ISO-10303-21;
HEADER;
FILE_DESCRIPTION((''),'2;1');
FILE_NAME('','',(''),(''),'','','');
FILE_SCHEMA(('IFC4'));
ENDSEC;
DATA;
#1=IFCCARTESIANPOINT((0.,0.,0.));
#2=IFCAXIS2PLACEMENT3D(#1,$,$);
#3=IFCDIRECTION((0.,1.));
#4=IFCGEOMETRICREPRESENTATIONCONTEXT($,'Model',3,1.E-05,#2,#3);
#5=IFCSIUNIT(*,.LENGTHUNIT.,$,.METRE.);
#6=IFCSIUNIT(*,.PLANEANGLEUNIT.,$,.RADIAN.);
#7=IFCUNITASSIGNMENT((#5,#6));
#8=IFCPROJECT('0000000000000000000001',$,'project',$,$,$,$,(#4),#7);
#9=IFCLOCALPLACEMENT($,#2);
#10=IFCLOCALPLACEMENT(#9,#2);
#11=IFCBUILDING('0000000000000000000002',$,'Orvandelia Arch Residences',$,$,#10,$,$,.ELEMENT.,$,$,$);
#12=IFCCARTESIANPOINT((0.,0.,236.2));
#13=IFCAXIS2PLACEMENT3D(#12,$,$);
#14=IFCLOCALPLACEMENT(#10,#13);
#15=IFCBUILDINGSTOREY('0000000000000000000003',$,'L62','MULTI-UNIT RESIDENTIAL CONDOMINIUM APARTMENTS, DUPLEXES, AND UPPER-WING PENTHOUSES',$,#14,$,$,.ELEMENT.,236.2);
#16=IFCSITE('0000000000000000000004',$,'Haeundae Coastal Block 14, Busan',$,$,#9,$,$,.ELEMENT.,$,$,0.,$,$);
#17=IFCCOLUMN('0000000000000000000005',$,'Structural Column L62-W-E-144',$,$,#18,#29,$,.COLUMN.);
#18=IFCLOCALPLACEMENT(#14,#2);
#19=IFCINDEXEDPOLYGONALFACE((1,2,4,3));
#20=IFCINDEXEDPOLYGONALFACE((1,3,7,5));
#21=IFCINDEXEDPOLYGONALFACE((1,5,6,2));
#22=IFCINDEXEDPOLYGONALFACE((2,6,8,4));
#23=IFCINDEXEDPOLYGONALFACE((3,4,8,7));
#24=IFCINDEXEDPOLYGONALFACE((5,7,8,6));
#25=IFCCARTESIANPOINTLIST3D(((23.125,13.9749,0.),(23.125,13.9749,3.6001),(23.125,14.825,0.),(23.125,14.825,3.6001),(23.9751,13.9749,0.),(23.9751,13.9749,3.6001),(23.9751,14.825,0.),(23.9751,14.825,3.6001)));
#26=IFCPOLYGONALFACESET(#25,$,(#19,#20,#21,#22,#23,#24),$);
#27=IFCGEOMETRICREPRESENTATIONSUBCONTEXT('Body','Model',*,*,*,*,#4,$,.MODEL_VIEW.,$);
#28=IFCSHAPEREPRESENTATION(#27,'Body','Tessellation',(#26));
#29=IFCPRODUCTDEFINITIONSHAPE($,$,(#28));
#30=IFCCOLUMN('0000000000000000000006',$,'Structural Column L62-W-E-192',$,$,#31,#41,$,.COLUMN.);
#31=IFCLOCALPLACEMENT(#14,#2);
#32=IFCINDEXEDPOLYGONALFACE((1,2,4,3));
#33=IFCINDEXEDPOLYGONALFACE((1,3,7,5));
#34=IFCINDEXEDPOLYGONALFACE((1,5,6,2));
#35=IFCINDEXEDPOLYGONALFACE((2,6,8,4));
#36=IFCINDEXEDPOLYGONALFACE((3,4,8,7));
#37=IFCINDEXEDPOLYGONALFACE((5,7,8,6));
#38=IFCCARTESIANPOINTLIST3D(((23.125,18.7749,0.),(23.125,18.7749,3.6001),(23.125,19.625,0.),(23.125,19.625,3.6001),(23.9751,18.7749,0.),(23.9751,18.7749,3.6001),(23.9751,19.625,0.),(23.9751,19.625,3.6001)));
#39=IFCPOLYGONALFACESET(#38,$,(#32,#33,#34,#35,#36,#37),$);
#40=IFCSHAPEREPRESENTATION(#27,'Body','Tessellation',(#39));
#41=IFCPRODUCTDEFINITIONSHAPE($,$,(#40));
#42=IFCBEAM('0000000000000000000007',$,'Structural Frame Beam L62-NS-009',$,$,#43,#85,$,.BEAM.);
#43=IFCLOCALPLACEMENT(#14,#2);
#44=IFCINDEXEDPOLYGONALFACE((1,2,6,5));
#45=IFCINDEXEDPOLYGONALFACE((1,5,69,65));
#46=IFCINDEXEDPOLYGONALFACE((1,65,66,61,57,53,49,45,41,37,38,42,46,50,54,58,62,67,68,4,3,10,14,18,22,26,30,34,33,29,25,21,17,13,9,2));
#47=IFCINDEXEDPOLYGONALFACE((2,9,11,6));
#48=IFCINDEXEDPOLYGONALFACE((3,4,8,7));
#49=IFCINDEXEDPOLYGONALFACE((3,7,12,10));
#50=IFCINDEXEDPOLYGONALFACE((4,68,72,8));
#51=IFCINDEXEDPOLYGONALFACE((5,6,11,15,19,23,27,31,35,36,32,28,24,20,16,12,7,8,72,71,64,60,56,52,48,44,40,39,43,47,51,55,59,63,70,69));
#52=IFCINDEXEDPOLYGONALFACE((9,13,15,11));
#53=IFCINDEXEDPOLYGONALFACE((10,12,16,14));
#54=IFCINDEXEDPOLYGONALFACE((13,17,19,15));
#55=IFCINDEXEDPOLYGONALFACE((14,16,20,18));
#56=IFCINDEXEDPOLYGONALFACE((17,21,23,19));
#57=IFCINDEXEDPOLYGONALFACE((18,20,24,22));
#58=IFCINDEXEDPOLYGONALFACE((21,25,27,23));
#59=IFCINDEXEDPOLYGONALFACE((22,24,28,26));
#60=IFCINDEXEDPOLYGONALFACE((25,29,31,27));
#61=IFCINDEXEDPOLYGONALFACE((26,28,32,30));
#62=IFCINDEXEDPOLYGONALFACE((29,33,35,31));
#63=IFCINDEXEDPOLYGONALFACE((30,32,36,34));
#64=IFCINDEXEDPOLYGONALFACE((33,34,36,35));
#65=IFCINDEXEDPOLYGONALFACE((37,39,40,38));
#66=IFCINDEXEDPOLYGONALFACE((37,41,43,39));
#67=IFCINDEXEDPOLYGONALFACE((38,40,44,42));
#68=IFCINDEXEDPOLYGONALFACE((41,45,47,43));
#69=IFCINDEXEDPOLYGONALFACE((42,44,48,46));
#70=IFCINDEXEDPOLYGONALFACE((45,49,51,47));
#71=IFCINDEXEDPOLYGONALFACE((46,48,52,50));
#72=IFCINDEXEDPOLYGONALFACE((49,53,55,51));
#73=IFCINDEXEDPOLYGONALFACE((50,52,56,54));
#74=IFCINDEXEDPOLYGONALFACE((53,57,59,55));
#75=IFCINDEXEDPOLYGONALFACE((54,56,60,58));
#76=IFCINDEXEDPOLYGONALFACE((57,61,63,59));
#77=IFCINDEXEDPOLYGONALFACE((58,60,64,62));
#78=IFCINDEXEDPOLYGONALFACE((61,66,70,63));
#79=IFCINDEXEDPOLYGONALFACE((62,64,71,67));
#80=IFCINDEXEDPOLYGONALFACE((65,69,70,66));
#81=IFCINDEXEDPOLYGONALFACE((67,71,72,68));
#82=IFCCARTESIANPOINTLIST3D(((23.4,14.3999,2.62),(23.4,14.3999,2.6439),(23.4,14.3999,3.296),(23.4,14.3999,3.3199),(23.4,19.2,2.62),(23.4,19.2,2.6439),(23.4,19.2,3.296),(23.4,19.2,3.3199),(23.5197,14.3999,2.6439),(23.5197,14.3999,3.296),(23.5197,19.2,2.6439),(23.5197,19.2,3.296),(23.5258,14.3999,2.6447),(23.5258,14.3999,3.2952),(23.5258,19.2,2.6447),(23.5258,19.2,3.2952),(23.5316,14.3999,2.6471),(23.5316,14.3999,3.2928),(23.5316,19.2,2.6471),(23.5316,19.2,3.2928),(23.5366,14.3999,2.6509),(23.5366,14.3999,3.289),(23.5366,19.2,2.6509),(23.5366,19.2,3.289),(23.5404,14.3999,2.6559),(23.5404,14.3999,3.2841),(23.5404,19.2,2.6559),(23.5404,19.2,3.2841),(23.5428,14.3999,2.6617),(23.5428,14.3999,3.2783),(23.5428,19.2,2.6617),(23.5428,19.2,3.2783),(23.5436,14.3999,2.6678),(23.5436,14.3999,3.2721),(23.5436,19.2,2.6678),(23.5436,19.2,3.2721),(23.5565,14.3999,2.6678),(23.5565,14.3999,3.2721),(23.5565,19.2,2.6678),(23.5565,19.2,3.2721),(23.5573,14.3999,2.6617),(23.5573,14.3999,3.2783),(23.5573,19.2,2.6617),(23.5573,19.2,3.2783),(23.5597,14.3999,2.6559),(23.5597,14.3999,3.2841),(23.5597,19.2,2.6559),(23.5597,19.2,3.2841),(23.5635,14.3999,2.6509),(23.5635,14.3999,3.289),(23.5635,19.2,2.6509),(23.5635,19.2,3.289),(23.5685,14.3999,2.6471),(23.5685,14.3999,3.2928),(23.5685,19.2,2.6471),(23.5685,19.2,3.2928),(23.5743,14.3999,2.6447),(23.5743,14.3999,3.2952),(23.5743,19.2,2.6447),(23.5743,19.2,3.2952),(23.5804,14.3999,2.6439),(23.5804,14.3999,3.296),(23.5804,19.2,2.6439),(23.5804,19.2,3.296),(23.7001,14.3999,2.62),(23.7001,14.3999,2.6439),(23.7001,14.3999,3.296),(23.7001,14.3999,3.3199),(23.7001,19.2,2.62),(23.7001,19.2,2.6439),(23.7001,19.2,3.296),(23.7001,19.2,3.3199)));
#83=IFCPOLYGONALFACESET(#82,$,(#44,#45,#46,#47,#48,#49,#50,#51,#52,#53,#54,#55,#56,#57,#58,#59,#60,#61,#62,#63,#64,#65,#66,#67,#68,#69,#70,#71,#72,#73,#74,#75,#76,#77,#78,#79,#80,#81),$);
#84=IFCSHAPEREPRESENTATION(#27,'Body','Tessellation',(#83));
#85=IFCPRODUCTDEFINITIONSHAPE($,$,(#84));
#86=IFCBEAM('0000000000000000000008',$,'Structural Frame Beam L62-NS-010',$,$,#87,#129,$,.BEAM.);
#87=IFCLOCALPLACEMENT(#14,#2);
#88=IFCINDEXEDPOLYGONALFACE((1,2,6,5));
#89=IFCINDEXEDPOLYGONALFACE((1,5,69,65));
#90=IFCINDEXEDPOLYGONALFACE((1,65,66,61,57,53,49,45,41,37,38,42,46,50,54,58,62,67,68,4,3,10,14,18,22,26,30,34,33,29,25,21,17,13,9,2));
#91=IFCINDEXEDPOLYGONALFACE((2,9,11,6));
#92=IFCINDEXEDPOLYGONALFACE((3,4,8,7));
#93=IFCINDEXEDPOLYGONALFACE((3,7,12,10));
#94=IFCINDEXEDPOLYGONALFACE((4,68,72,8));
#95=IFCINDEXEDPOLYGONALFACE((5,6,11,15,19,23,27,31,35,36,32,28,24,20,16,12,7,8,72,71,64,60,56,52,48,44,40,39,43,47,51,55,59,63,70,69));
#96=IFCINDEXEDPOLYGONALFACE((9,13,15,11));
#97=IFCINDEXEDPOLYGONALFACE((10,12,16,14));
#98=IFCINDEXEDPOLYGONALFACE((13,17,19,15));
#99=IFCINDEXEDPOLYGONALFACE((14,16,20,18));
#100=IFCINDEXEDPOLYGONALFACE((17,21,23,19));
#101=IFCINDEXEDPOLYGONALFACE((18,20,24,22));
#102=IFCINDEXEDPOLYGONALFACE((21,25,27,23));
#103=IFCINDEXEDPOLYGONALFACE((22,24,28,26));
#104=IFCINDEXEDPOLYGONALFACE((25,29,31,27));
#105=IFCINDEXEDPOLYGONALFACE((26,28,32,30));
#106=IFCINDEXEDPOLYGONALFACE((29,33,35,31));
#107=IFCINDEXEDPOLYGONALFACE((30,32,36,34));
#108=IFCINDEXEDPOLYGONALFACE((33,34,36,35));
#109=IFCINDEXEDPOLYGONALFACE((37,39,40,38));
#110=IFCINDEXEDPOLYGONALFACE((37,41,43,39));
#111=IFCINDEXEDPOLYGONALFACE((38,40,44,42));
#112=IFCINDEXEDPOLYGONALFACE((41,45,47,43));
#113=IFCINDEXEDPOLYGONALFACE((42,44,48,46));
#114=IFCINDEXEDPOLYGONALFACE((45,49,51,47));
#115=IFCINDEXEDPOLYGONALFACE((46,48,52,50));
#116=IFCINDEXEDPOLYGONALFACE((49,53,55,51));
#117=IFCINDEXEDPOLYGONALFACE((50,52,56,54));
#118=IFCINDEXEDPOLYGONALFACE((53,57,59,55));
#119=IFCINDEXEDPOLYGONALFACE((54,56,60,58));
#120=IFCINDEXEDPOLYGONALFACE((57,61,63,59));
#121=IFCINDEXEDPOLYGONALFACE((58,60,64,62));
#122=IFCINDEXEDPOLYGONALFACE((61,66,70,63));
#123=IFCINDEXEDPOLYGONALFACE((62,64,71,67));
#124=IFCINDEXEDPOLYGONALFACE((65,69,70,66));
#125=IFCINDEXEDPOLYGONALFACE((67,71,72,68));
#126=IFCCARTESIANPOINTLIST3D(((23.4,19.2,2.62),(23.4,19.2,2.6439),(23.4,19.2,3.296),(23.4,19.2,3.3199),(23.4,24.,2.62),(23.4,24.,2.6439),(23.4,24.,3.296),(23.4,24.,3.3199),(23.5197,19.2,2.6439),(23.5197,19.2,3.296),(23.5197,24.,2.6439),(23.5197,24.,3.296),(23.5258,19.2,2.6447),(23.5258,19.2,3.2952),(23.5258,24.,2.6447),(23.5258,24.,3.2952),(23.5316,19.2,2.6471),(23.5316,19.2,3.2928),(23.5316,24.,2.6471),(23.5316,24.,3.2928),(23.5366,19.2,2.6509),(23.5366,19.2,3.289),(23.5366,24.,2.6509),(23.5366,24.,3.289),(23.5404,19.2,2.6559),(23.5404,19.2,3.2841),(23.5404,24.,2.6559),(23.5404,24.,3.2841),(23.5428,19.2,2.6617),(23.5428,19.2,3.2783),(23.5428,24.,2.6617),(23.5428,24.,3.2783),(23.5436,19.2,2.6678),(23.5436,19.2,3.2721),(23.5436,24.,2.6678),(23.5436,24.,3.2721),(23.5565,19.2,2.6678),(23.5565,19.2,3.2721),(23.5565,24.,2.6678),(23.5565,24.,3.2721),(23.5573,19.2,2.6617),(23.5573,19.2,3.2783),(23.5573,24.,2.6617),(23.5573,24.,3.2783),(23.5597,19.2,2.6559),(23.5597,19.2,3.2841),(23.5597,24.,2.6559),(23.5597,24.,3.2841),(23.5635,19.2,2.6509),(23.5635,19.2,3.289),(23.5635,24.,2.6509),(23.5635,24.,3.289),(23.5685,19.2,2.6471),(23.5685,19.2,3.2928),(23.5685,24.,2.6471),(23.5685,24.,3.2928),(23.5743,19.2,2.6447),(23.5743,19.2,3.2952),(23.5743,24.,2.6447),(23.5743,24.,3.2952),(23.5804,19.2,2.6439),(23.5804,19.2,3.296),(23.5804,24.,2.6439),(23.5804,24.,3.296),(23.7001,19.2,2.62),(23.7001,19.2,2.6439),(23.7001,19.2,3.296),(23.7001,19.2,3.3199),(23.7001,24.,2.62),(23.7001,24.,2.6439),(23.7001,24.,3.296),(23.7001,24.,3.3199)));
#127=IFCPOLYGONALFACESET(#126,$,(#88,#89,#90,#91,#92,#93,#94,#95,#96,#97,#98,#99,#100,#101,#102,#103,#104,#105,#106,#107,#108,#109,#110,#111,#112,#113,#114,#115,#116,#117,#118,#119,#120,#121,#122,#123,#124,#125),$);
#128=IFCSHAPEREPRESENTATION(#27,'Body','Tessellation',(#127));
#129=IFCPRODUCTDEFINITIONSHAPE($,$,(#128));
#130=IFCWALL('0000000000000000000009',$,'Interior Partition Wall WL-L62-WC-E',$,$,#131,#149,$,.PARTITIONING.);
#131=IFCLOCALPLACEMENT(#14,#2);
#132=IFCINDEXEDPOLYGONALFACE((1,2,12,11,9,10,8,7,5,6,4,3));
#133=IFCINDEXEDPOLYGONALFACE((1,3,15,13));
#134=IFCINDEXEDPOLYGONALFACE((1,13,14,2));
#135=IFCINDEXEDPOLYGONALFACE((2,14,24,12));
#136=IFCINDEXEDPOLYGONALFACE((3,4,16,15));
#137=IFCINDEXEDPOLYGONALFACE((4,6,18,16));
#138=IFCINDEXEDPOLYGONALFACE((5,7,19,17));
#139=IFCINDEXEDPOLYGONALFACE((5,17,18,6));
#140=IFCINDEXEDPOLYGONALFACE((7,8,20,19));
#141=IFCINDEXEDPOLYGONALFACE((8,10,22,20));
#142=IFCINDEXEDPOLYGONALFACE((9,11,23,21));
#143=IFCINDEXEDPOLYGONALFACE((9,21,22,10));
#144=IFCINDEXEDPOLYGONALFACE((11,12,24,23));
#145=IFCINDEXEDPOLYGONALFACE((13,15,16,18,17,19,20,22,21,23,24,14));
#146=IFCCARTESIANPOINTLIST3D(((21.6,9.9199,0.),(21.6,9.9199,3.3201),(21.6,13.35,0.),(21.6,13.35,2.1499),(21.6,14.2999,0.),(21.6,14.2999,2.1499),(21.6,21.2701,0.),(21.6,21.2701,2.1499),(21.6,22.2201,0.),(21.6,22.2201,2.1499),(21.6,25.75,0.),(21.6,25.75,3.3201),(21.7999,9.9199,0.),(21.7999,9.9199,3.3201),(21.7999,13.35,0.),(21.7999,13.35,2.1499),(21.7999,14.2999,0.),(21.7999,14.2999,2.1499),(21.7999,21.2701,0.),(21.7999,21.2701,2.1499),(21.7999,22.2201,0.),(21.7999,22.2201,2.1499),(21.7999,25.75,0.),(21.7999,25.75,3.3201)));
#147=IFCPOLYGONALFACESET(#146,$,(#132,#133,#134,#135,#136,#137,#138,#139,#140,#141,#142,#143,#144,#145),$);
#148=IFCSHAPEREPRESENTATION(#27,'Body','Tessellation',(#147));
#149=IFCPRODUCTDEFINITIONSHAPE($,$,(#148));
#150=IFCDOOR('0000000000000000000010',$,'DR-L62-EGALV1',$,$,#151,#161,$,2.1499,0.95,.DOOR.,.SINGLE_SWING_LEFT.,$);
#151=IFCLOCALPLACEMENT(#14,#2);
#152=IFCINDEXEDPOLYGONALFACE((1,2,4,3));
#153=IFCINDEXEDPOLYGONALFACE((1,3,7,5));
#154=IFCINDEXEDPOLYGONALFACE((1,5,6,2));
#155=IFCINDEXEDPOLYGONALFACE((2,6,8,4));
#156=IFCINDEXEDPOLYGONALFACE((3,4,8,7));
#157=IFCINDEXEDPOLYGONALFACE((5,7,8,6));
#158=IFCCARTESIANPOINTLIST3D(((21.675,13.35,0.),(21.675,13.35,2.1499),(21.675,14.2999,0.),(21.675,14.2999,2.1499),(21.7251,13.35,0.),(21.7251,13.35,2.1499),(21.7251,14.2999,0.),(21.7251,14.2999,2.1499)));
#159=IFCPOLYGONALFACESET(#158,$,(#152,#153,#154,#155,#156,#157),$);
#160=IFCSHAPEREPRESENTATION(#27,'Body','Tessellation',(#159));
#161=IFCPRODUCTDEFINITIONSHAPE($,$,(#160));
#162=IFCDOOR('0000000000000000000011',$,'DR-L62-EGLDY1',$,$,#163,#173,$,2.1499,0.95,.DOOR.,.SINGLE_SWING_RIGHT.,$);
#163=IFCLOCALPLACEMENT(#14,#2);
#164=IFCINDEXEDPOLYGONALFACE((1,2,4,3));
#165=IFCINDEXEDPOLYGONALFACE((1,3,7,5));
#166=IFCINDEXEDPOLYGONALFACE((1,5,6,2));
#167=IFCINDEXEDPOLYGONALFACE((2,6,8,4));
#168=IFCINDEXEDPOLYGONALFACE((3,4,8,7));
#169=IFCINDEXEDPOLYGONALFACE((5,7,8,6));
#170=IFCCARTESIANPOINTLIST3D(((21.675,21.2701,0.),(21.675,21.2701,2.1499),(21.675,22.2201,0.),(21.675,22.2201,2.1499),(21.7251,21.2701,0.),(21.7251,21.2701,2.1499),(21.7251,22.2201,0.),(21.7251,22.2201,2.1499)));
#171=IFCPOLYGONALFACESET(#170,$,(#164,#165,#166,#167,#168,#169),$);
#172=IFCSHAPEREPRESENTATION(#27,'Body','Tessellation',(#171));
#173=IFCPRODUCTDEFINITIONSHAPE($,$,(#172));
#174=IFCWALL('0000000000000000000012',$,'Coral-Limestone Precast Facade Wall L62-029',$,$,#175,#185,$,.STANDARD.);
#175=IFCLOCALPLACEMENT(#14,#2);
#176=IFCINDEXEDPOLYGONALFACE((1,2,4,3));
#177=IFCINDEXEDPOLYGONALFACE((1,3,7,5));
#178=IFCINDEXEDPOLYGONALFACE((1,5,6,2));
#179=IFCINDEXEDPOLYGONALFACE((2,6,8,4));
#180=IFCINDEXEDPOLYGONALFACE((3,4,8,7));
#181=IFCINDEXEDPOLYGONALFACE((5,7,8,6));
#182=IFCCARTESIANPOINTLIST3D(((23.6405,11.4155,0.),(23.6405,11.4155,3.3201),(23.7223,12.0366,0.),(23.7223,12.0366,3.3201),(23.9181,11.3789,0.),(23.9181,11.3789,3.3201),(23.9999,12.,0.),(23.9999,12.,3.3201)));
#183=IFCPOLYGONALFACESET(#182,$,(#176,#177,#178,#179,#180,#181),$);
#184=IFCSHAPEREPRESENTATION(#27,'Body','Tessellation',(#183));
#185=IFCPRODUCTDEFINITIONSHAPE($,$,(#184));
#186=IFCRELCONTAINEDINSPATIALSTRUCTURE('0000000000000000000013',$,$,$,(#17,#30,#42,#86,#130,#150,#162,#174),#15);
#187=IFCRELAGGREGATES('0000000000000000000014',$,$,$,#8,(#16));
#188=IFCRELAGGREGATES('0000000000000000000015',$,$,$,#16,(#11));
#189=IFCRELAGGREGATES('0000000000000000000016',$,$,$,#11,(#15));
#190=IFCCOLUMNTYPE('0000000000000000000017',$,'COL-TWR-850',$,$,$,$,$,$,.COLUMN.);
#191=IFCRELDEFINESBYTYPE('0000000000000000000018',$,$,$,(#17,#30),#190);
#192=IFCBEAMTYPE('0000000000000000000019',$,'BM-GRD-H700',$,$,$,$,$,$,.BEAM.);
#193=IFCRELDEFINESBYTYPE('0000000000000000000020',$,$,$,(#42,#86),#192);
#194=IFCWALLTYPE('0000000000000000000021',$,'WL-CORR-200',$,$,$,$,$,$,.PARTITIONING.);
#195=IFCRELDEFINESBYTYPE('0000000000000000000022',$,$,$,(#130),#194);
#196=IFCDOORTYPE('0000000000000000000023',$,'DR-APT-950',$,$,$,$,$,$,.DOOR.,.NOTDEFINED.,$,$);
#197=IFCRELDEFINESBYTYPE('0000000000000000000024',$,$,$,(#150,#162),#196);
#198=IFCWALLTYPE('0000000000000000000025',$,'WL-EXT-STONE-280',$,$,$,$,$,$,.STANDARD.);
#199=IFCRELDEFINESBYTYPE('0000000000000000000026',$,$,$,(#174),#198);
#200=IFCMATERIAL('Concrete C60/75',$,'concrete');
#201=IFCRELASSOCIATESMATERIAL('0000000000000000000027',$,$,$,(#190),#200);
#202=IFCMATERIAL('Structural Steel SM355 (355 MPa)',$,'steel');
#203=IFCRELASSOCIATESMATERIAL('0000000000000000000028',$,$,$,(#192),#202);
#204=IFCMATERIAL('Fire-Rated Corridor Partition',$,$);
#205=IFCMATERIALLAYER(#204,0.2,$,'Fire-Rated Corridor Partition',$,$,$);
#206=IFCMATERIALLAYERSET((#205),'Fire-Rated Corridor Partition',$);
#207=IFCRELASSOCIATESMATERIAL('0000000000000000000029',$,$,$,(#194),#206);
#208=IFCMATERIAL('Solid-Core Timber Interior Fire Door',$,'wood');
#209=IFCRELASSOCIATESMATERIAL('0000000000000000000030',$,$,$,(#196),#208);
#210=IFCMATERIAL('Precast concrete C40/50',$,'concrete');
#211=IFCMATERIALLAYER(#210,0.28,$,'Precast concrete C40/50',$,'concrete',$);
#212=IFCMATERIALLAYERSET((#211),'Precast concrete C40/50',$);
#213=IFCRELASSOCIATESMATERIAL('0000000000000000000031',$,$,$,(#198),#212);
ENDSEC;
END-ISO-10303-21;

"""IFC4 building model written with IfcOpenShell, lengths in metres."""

from ifc_helpers import new_model, si_unit, direction, frame, frame_2d, origin, origin_2d, place, context, subcontext, project, spatial, rectangle, i_section, extrude, material, layer, layer_set, material_profile, profile_set, type_object, element, fill, save


model = new_model("IFC4")

# Units and contexts
model_context = context("Model", 3, precision=1e-05, world=origin(), true_north=direction((0.0, 1.0)))
body_context = subcontext(model_context, "Body", "Model", "MODEL_VIEW")
ifc_project = project(units=[si_unit("LENGTHUNIT", "METRE"), si_unit("PLANEANGLEUNIT", "RADIAN")], contexts=[model_context])

# Site, building, storey
site_placement = place(None, origin())
site = spatial("IfcSite", under=ifc_project, at=site_placement, Name="Haeundae Coastal Block 14, Busan", CompositionType="ELEMENT", RefElevation=0.0)
building_placement = place(site_placement, origin())
building = spatial("IfcBuilding", under=site, at=building_placement, Name="Orvandelia Arch Residences", CompositionType="ELEMENT")
storey_placement = place(building_placement, frame((0.0, 0.0, 236.2)))
storey = spatial("IfcBuildingStorey", under=building, at=storey_placement, Name="L62", Description="MULTI-UNIT RESIDENTIAL CONDOMINIUM APARTMENTS, DUPLEXES, AND UPPER-WING PENTHOUSES", CompositionType="ELEMENT", Elevation=236.2)

# Columns
ifc_material_1 = material(Name="Concrete C60/75", Category="concrete")
ifc_material_profile_1 = material_profile(ifc_material_1, rectangle(XDim=0.8501, YDim=0.8501, at=origin_2d()), Name="Concrete C60/75", Category="concrete")
ifc_profile_set_1 = profile_set([ifc_material_profile_1], Name="Concrete C60/75")
column_type = type_object("IfcColumnType", Name="COL-TWR-850", PredefinedType="COLUMN", material=ifc_profile_set_1)
for number, where, z_axis, x_axis, name in (
    (1, (23.55, 14.3999, 0.0), (0.0, 0.0, 1.0), (1.0, 0.0, 0.0), "Structural Column L62-W-E-144"),
    (2, (23.55, 19.2, 0.0), (0.0, 0.0, 1.0), (1.0, 0.0, 0.0), "Structural Column L62-W-E-192"),
):
    element("IfcColumn", number, at=place(storey_placement, frame(where, z_axis=z_axis, x_axis=x_axis)), inside=storey, type_object=column_type, Name=name, PredefinedType="COLUMN", context=body_context, shape_type="SweptSolid", body=[
        extrude(rectangle(XDim=0.8501, YDim=0.8501, at=origin_2d()), origin(), (0.0, 0.0, 1.0), 3.6001),
    ])

# Beams
ifc_material_2 = material(Name="Structural Steel SM355 (355 MPa)", Category="steel")
ifc_material_profile_2 = material_profile(ifc_material_2, i_section(OverallWidth=0.3, OverallDepth=0.7, WebThickness=0.0129, FlangeThickness=0.0239, FilletRadius=0.0239, at=origin_2d()), Name="Structural Steel SM355 (355 MPa)", Category="steel")
ifc_profile_set_2 = profile_set([ifc_material_profile_2], Name="Structural Steel SM355 (355 MPa)")
beam_type = type_object("IfcBeamType", Name="BM-GRD-H700", PredefinedType="BEAM", material=ifc_profile_set_2)
for number, where, z_axis, x_axis, name in (
    (3, (23.55, 14.3999, 2.97), (0.0, 1.0, 0.0), (-1.0, 0.0, 0.0), "Structural Frame Beam L62-NS-009"),
    (4, (23.55, 19.2, 2.97), (0.0, 1.0, 0.0), (-1.0, 0.0, 0.0), "Structural Frame Beam L62-NS-010"),
):
    element("IfcBeam", number, at=place(storey_placement, frame(where, z_axis=z_axis, x_axis=x_axis)), inside=storey, type_object=beam_type, Name=name, PredefinedType="BEAM", context=body_context, shape_type="SweptSolid", body=[
        extrude(i_section(OverallWidth=0.3, OverallDepth=0.7, WebThickness=0.0129, FlangeThickness=0.0239, FilletRadius=0.0239, at=origin_2d()), origin(), (0.0, 0.0, 1.0), 4.8),
    ])

# Wall, openings, doors
ifc_material_3 = material(Name="Fire-Rated Corridor Partition")
ifc_layer_1 = layer(ifc_material_3, 0.2, Name="Fire-Rated Corridor Partition")
ifc_layer_set_1 = layer_set([ifc_layer_1], Name="Fire-Rated Corridor Partition")
wall_type_1 = type_object("IfcWallType", Name="WL-CORR-200", PredefinedType="PARTITIONING", material=ifc_layer_set_1)
wall_1_placement = place(storey_placement, frame((21.7, 9.9199, 0.0), z_axis=(0.0, 0.0, 1.0), x_axis=(0.0, 1.0, 0.0)))
wall_1 = element("IfcWall", 5, at=wall_1_placement, inside=storey, type_object=wall_type_1, Name="Interior Partition Wall WL-L62-WC-E", PredefinedType="PARTITIONING", context=body_context, shape_type="SweptSolid", body=[
    extrude(rectangle(XDim=15.8301, YDim=0.2, at=frame_2d((7.915, 0.0))), origin(), (0.0, 0.0, 1.0), 3.3201),
])
opening_1_placement = place(wall_1_placement, frame((3.4299, 0.0, 0.0)))
opening_1 = element("IfcOpeningElement", 6, at=opening_1_placement, cuts=wall_1, PredefinedType="OPENING", context=body_context, shape_type="SweptSolid", body=[
    extrude(rectangle(XDim=0.95, YDim=2.1499, at=frame_2d((0.4751, 1.075))), frame((0.0, 0.1099, 0.0), z_axis=(0.0, -1.0, 0.0), x_axis=(1.0, 0.0, 0.0)), (0.0, 0.0, 1.0), 0.22),
])
opening_2_placement = place(wall_1_placement, frame((11.3501, 0.0, 0.0)))
opening_2 = element("IfcOpeningElement", 7, at=opening_2_placement, cuts=wall_1, PredefinedType="OPENING", context=body_context, shape_type="SweptSolid", body=[
    extrude(rectangle(XDim=0.95, YDim=2.1499, at=frame_2d((0.4751, 1.075))), frame((0.0, 0.1099, 0.0), z_axis=(0.0, -1.0, 0.0), x_axis=(1.0, 0.0, 0.0)), (0.0, 0.0, 1.0), 0.22),
])
ifc_material_4 = material(Name="Solid-Core Timber Interior Fire Door", Category="wood")
door_type = type_object("IfcDoorType", Name="DR-APT-950", OperationType="NOTDEFINED", PredefinedType="DOOR", material=ifc_material_4)
door_1_placement = place(opening_1_placement, origin())
door_1 = element("IfcDoor", 8, at=door_1_placement, inside=storey, type_object=door_type, Name="DR-L62-EGALV1", OperationType="SINGLE_SWING_LEFT", OverallHeight=2.1499, OverallWidth=0.95, PredefinedType="DOOR", context=body_context, shape_type="SweptSolid", body=[
    extrude(rectangle(XDim=0.95, YDim=2.1499, at=frame_2d((0.4751, 1.075))), frame((0.0, 0.0249, 0.0), z_axis=(0.0, -1.0, 0.0), x_axis=(1.0, 0.0, 0.0)), (0.0, 0.0, 1.0), 0.05),
])
fill(opening_1, door_1)
door_2_placement = place(opening_2_placement, origin())
door_2 = element("IfcDoor", 9, at=door_2_placement, inside=storey, type_object=door_type, Name="DR-L62-EGLDY1", OperationType="SINGLE_SWING_RIGHT", OverallHeight=2.1499, OverallWidth=0.95, PredefinedType="DOOR", context=body_context, shape_type="SweptSolid", body=[
    extrude(rectangle(XDim=0.95, YDim=2.1499, at=frame_2d((0.4751, 1.075))), frame((0.0, 0.0249, 0.0), z_axis=(0.0, -1.0, 0.0), x_axis=(1.0, 0.0, 0.0)), (0.0, 0.0, 1.0), 0.05),
])
fill(opening_2, door_2)

# Wall
ifc_material_5 = material(Name="Precast concrete C40/50", Category="concrete")
ifc_layer_2 = layer(ifc_material_5, 0.28, Name="Precast concrete C40/50", Category="concrete")
ifc_layer_set_2 = layer_set([ifc_layer_2], Name="Precast concrete C40/50")
wall_type_2 = type_object("IfcWallType", Name="WL-EXT-STONE-280", PredefinedType="STANDARD", material=ifc_layer_set_2)
for number, where, z_axis, x_axis, name in (
    (10, (23.8611, 12.0183, 0.0), (0.0, 0.0, 1.0), (-0.130555, -0.991441, 0.0), "Coral-Limestone Precast Facade Wall L62-029"),
):
    element("IfcWall", number, at=place(storey_placement, frame(where, z_axis=z_axis, x_axis=x_axis)), inside=storey, type_object=wall_type_2, Name=name, PredefinedType="STANDARD", context=body_context, shape_type="SweptSolid", body=[
        extrude(rectangle(XDim=0.6265, YDim=0.28, at=frame_2d((0.3132, 0.0))), origin(), (0.0, 0.0, 1.0), 3.3201),
    ])

save(model, "model.ifc")
